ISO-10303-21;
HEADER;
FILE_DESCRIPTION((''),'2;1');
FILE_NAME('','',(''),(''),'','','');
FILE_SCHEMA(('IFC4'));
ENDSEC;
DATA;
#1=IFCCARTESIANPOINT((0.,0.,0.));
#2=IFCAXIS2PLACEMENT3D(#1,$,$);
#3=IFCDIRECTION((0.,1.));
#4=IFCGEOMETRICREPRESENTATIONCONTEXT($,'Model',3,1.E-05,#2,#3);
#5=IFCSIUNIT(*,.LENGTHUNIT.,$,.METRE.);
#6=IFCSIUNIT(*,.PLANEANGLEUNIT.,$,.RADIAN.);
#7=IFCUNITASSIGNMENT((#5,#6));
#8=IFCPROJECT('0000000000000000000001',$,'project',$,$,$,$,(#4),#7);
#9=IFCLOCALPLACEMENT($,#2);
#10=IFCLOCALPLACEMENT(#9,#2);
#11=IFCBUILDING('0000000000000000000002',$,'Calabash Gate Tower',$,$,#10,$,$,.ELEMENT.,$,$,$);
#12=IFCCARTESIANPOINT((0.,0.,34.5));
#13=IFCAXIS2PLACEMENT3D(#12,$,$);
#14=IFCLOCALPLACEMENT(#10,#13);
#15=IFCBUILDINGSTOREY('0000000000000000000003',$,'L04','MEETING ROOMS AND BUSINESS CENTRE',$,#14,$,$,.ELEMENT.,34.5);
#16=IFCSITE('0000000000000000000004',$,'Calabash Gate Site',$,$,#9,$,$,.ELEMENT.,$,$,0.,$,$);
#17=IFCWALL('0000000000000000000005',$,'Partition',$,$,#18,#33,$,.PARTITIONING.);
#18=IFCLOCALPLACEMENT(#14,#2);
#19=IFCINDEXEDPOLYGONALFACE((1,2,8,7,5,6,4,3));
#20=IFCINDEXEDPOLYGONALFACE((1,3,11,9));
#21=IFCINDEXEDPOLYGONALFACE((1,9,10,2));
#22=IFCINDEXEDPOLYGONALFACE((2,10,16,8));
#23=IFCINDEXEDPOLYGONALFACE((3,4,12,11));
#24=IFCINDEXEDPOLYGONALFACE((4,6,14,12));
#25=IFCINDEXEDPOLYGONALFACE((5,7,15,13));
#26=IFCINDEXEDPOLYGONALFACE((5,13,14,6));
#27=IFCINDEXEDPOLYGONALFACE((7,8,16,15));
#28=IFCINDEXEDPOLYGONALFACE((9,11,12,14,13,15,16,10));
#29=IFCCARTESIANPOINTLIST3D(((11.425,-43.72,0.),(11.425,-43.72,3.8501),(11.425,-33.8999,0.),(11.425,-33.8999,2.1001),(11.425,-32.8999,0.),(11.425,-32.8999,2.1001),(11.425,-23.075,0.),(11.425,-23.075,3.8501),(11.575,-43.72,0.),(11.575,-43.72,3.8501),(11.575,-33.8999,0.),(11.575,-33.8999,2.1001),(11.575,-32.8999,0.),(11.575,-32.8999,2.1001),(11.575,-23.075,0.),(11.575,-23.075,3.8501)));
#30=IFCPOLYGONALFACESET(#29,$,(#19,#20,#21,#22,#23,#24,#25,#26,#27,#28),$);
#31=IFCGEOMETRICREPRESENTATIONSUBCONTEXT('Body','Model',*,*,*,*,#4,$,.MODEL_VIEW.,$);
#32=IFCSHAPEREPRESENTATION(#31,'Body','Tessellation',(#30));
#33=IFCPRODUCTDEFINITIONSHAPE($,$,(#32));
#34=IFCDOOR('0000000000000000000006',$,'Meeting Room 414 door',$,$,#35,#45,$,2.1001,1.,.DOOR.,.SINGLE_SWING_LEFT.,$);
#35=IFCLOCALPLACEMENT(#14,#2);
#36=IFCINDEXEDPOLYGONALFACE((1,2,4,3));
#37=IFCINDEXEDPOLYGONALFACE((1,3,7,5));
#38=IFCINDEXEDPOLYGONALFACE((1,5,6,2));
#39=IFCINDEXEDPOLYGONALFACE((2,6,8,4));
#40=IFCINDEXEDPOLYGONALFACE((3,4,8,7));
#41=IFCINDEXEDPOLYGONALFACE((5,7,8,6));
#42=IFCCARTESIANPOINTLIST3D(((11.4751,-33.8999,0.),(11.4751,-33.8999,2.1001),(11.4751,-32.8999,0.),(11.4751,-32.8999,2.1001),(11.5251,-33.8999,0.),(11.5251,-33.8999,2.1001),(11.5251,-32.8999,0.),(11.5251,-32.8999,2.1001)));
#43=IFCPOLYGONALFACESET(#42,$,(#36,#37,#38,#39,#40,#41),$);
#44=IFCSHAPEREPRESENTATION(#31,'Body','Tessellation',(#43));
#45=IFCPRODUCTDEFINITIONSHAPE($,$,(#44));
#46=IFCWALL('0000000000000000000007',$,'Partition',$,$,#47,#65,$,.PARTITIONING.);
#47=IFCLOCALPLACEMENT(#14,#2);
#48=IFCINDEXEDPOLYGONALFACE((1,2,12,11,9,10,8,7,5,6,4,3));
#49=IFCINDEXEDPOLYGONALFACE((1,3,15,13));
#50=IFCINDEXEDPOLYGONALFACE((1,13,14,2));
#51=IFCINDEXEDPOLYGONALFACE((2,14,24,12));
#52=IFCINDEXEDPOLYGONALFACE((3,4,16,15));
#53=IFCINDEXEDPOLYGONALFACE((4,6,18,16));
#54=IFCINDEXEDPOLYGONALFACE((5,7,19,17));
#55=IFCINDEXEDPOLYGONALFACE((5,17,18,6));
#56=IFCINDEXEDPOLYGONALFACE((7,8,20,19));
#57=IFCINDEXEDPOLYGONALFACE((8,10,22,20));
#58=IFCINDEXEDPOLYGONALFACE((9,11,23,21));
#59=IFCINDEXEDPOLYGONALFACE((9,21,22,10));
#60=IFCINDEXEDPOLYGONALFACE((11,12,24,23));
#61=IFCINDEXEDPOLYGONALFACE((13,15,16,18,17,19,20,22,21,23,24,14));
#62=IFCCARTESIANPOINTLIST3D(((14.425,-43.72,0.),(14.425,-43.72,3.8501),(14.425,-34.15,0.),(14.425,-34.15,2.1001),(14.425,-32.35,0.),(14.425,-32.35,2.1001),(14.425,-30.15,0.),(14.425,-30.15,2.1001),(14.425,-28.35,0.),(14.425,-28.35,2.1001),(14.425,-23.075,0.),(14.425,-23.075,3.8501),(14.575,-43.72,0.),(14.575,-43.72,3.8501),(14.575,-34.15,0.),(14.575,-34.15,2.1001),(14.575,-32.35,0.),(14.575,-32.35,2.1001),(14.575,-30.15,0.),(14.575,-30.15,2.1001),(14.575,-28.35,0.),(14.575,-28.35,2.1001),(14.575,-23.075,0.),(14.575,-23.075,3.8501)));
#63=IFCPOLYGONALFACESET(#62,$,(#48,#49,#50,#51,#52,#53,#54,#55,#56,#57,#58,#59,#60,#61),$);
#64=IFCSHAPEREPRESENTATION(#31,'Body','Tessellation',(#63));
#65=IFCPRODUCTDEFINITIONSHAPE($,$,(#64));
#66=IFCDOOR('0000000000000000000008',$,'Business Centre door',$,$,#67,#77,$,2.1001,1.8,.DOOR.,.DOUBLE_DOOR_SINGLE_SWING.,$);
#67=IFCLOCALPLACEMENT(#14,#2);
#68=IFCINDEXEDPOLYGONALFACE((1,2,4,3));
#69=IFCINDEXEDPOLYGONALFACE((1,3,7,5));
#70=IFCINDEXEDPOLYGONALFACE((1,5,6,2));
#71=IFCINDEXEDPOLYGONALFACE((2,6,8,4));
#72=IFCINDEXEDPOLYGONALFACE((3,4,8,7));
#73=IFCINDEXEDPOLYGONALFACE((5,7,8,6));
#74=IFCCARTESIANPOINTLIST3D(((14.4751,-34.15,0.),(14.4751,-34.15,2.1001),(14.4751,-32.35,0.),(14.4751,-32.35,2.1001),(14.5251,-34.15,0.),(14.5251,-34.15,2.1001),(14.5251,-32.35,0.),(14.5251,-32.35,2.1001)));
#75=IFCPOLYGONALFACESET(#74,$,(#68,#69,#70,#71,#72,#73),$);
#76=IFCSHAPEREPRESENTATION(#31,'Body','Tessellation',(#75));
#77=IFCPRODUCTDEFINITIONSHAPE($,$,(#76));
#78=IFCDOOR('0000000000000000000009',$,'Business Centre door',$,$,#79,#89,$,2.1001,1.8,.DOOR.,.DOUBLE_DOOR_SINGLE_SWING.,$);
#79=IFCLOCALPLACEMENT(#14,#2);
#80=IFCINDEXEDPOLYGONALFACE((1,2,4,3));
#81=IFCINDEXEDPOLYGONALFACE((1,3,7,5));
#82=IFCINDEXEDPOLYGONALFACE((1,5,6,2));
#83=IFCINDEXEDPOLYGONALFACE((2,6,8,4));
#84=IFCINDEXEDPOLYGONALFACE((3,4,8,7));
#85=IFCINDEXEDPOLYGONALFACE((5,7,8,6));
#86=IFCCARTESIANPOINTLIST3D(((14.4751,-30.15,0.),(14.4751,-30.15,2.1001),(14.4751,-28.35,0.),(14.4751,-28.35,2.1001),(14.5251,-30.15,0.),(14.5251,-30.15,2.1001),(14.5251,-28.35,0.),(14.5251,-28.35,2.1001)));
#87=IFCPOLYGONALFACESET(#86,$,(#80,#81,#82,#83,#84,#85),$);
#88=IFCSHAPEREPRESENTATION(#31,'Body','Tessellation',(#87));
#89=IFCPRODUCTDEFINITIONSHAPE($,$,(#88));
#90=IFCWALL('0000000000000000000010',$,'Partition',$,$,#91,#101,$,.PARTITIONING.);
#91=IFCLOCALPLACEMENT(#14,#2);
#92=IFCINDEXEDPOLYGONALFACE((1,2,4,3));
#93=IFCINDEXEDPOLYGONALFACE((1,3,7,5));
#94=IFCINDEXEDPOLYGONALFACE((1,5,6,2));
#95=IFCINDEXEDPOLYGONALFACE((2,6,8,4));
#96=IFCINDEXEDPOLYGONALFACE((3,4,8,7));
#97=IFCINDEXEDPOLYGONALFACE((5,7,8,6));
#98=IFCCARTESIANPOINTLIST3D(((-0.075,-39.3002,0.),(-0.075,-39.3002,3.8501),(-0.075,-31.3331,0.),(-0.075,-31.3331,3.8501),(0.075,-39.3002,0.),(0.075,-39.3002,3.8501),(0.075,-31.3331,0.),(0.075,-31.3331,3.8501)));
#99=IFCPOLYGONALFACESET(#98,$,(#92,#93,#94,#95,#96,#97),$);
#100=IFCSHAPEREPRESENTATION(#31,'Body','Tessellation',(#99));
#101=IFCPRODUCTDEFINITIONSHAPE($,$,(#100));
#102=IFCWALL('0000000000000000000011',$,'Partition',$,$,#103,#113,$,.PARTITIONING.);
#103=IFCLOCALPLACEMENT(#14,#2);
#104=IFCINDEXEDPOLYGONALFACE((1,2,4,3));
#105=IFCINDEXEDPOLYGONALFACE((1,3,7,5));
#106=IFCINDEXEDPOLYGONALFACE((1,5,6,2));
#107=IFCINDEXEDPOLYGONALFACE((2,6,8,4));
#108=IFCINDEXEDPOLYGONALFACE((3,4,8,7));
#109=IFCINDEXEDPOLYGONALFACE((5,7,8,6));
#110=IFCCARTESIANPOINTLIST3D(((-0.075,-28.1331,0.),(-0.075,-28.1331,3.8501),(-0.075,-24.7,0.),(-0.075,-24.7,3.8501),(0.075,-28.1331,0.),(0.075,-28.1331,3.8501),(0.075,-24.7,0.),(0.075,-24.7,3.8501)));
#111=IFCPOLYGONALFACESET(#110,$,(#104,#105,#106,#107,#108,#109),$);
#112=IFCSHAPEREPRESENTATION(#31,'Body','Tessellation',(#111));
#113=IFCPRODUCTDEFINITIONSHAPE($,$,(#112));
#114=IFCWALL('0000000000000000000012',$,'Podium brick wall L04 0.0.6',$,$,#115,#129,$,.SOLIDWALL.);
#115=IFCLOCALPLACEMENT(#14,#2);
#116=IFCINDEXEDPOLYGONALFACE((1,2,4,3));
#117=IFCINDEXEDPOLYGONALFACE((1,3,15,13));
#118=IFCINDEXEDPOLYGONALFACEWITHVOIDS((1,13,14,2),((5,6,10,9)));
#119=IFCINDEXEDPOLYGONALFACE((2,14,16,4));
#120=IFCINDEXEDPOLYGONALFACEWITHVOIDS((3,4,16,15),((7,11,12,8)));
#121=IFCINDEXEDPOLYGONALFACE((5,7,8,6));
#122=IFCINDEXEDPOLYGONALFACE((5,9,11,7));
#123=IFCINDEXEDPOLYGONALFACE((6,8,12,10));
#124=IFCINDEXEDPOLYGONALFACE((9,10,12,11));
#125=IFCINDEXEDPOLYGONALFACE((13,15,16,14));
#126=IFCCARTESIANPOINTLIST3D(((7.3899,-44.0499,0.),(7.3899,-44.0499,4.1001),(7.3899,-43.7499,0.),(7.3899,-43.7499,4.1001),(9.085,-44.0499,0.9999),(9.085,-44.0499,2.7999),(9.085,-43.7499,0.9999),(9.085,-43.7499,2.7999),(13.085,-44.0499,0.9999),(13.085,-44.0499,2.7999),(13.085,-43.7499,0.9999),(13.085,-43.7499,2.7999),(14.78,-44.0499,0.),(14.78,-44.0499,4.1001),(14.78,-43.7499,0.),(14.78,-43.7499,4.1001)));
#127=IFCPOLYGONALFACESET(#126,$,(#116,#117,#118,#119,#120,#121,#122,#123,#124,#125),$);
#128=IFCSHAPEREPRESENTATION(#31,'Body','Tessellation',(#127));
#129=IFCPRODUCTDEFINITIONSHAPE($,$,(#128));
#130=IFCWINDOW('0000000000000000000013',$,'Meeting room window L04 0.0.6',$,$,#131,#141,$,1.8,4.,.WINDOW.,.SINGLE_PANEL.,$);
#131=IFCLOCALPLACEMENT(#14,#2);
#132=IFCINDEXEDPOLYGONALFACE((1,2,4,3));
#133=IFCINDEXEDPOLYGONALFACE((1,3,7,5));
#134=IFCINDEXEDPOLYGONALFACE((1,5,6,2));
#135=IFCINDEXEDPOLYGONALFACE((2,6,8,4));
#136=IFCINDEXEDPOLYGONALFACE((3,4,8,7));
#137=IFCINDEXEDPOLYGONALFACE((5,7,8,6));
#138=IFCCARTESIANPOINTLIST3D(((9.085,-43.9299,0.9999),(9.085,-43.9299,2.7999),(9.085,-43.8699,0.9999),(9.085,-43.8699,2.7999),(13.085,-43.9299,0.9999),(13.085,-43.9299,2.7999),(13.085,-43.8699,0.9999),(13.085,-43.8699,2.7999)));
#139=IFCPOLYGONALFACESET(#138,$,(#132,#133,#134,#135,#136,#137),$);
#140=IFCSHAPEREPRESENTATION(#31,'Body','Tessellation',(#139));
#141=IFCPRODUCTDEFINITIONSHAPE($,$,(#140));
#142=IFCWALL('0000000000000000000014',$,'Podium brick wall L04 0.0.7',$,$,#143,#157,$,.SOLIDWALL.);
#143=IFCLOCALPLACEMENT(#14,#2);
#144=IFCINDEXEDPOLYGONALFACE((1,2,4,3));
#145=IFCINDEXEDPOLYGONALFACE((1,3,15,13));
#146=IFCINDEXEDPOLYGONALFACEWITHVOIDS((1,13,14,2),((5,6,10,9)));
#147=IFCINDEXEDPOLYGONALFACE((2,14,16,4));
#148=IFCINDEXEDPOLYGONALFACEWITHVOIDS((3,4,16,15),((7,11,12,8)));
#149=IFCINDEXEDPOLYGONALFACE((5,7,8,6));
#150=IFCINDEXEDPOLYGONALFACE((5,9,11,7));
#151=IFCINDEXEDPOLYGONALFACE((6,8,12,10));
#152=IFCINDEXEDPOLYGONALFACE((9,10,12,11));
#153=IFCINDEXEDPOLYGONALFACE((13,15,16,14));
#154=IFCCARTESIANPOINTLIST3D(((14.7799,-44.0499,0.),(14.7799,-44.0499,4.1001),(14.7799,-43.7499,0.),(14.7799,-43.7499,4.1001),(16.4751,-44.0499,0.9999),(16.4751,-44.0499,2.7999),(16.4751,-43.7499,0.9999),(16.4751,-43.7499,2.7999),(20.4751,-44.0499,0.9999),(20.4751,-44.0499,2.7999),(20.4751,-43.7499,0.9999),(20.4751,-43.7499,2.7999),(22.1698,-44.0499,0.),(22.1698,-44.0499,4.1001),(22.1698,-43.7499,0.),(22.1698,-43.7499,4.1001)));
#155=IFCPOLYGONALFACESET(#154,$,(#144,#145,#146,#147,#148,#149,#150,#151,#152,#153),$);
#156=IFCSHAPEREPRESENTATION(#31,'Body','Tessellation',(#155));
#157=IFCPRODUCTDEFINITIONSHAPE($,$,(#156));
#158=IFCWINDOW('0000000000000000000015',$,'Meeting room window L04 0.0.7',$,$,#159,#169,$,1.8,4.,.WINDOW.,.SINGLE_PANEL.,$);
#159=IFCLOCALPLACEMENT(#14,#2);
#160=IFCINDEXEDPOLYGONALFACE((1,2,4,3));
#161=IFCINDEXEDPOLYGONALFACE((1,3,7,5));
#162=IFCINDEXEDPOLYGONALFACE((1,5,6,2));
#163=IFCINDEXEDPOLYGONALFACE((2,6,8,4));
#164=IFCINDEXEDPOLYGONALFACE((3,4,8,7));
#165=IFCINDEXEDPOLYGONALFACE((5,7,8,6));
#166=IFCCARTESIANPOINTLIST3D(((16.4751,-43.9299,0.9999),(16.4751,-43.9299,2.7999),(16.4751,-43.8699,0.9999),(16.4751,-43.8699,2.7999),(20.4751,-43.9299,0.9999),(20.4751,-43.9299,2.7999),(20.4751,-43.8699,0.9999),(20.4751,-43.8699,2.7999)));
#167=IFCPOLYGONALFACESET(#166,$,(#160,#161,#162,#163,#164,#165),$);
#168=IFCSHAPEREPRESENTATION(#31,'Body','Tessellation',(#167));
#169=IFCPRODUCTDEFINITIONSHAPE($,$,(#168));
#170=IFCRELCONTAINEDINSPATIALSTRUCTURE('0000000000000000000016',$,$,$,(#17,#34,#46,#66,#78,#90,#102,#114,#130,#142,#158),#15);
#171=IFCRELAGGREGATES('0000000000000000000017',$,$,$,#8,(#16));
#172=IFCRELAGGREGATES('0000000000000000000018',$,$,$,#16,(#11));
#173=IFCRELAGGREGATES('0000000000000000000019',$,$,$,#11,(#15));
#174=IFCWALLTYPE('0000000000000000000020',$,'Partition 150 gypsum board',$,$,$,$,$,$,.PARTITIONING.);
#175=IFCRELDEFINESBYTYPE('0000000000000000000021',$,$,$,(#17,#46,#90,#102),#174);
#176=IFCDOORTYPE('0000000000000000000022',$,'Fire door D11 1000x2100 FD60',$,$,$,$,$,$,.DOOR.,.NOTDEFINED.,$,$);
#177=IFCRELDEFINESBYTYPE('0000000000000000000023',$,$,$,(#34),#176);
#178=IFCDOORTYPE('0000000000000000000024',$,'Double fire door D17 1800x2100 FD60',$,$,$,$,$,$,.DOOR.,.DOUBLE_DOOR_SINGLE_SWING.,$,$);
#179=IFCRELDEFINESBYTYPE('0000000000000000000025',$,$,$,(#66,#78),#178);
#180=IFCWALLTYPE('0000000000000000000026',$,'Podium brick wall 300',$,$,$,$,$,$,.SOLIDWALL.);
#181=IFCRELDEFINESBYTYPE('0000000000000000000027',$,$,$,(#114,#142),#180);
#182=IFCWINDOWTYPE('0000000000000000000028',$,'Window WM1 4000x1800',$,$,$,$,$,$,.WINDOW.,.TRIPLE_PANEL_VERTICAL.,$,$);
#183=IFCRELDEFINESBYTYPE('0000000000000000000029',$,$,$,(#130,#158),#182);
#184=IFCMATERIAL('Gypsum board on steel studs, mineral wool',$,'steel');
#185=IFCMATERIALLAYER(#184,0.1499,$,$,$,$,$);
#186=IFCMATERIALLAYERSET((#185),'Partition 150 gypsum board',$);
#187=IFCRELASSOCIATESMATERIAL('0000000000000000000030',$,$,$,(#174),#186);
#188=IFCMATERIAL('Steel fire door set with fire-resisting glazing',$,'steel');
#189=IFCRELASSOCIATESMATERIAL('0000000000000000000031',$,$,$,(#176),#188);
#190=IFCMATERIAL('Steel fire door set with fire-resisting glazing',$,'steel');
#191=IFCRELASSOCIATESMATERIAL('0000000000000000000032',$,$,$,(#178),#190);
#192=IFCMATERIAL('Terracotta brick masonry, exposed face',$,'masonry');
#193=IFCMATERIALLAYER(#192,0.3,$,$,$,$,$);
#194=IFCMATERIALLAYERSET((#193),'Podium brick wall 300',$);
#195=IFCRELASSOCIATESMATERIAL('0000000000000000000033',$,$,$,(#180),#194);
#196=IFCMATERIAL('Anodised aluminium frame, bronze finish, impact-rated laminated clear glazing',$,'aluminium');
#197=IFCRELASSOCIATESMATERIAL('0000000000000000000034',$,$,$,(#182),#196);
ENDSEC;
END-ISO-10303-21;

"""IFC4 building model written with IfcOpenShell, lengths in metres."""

from ifc_helpers import new_model, si_unit, direction, frame, frame_2d, origin, place, context, subcontext, project, spatial, rectangle, extrude, material, layer, layer_set, type_object, element, fill, save


model = new_model("IFC4")

# Units and contexts
model_context = context("Model", 3, precision=1e-05, world=origin(), true_north=direction((0.0, 1.0)))
body_context = subcontext(model_context, "Body", "Model", "MODEL_VIEW")
ifc_project = project(units=[si_unit("LENGTHUNIT", "METRE"), si_unit("PLANEANGLEUNIT", "RADIAN")], contexts=[model_context])

# Site, building, storey
site_placement = place(None, origin())
site = spatial("IfcSite", under=ifc_project, at=site_placement, Name="Calabash Gate Site", CompositionType="ELEMENT", RefElevation=0.0)
building_placement = place(site_placement, origin())
building = spatial("IfcBuilding", under=site, at=building_placement, Name="Calabash Gate Tower", CompositionType="ELEMENT")
storey_placement = place(building_placement, frame((0.0, 0.0, 34.5)))
storey = spatial("IfcBuildingStorey", under=building, at=storey_placement, Name="L04", Description="MEETING ROOMS AND BUSINESS CENTRE", CompositionType="ELEMENT", Elevation=34.5)

# Shared definitions
ifc_material_1 = material(Name="Gypsum board on steel studs, mineral wool", Category="steel")
ifc_layer_1 = layer(ifc_material_1, 0.1499)
ifc_layer_set_1 = layer_set([ifc_layer_1], Name="Partition 150 gypsum board")
wall_type_1 = type_object("IfcWallType", Name="Partition 150 gypsum board", PredefinedType="PARTITIONING", material=ifc_layer_set_1)

# Wall, opening, door
wall_1_placement = place(storey_placement, frame((11.5, -43.72, 0.0), z_axis=(0.0, 0.0, 1.0), x_axis=(0.0, 1.0, 0.0)))
wall_1 = element("IfcWall", 1, at=wall_1_placement, inside=storey, type_object=wall_type_1, Name="Partition", PredefinedType="PARTITIONING", context=body_context, shape_type="SweptSolid", body=[
    extrude(rectangle(XDim=20.645, YDim=0.1499, at=frame_2d((10.3225, 0.0))), origin(), (0.0, 0.0, 1.0), 3.8501),
])
opening_1_placement = place(wall_1_placement, frame((9.8201, 0.0, 0.0)))
opening_1 = element("IfcOpeningElement", 2, at=opening_1_placement, cuts=wall_1, PredefinedType="OPENING", context=body_context, shape_type="SweptSolid", body=[
    extrude(rectangle(XDim=1.0, YDim=2.1001, at=frame_2d((0.5, 1.05))), frame((0.0, 0.085, 0.0), z_axis=(0.0, -1.0, 0.0), x_axis=(1.0, 0.0, 0.0)), (0.0, 0.0, 1.0), 0.1699),
])
ifc_material_2 = material(Name="Steel fire door set with fire-resisting glazing", Category="steel")
door_type_1 = type_object("IfcDoorType", Name="Fire door D11 1000x2100 FD60", OperationType="NOTDEFINED", PredefinedType="DOOR", material=ifc_material_2)
door_1_placement = place(opening_1_placement, origin())
door_1 = element("IfcDoor", 3, at=door_1_placement, inside=storey, type_object=door_type_1, Name="Meeting Room 414 door", OperationType="SINGLE_SWING_LEFT", OverallHeight=2.1001, OverallWidth=1.0, PredefinedType="DOOR", context=body_context, shape_type="SweptSolid", body=[
    extrude(rectangle(XDim=1.0, YDim=2.1001, at=frame_2d((0.5, 1.05))), frame((0.0, 0.0249, 0.0), z_axis=(0.0, -1.0, 0.0), x_axis=(1.0, 0.0, 0.0)), (0.0, 0.0, 1.0), 0.05),
])
fill(opening_1, door_1)

# Wall, openings, doors
wall_2_placement = place(storey_placement, frame((14.5, -43.72, 0.0), z_axis=(0.0, 0.0, 1.0), x_axis=(0.0, 1.0, 0.0)))
wall_2 = element("IfcWall", 4, at=wall_2_placement, inside=storey, type_object=wall_type_1, Name="Partition", PredefinedType="PARTITIONING", context=body_context, shape_type="SweptSolid", body=[
    extrude(rectangle(XDim=20.645, YDim=0.1499, at=frame_2d((10.3225, 0.0))), origin(), (0.0, 0.0, 1.0), 3.8501),
])
opening_2_placement = place(wall_2_placement, frame((9.5701, 0.0, 0.0)))
opening_2 = element("IfcOpeningElement", 5, at=opening_2_placement, cuts=wall_2, PredefinedType="OPENING", context=body_context, shape_type="SweptSolid", body=[
    extrude(rectangle(XDim=1.8, YDim=2.1001, at=frame_2d((0.8999, 1.05))), frame((0.0, 0.085, 0.0), z_axis=(0.0, -1.0, 0.0), x_axis=(1.0, 0.0, 0.0)), (0.0, 0.0, 1.0), 0.1699),
])
opening_3_placement = place(wall_2_placement, frame((13.5701, 0.0, 0.0)))
opening_3 = element("IfcOpeningElement", 6, at=opening_3_placement, cuts=wall_2, PredefinedType="OPENING", context=body_context, shape_type="SweptSolid", body=[
    extrude(rectangle(XDim=1.8, YDim=2.1001, at=frame_2d((0.8999, 1.05))), frame((0.0, 0.085, 0.0), z_axis=(0.0, -1.0, 0.0), x_axis=(1.0, 0.0, 0.0)), (0.0, 0.0, 1.0), 0.1699),
])
ifc_material_3 = material(Name="Steel fire door set with fire-resisting glazing", Category="steel")
door_type_2 = type_object("IfcDoorType", Name="Double fire door D17 1800x2100 FD60", OperationType="DOUBLE_DOOR_SINGLE_SWING", PredefinedType="DOOR", material=ifc_material_3)
door_2_placement = place(opening_2_placement, origin())
door_2 = element("IfcDoor", 7, at=door_2_placement, inside=storey, type_object=door_type_2, Name="Business Centre door", OperationType="DOUBLE_DOOR_SINGLE_SWING", OverallHeight=2.1001, OverallWidth=1.8, PredefinedType="DOOR", context=body_context, shape_type="SweptSolid", body=[
    extrude(rectangle(XDim=1.8, YDim=2.1001, at=frame_2d((0.8999, 1.05))), frame((0.0, 0.0249, 0.0), z_axis=(0.0, -1.0, 0.0), x_axis=(1.0, 0.0, 0.0)), (0.0, 0.0, 1.0), 0.05),
])
fill(opening_2, door_2)
door_3_placement = place(opening_3_placement, origin())
door_3 = element("IfcDoor", 8, at=door_3_placement, inside=storey, type_object=door_type_2, Name="Business Centre door", OperationType="DOUBLE_DOOR_SINGLE_SWING", OverallHeight=2.1001, OverallWidth=1.8, PredefinedType="DOOR", context=body_context, shape_type="SweptSolid", body=[
    extrude(rectangle(XDim=1.8, YDim=2.1001, at=frame_2d((0.8999, 1.05))), frame((0.0, 0.0249, 0.0), z_axis=(0.0, -1.0, 0.0), x_axis=(1.0, 0.0, 0.0)), (0.0, 0.0, 1.0), 0.05),
])
fill(opening_3, door_3)

# Walls
wall_3_placement = place(storey_placement, frame((0.0, -39.3, 0.0), z_axis=(0.0, 0.0, 1.0), x_axis=(0.0, 1.0, 0.0)))
element("IfcWall", 9, at=wall_3_placement, inside=storey, type_object=wall_type_1, Name="Partition", PredefinedType="PARTITIONING", context=body_context, shape_type="SweptSolid", body=[
    extrude(rectangle(XDim=7.967, YDim=0.1499, at=frame_2d((3.9834, 0.0))), origin(), (0.0, 0.0, 1.0), 3.8501),
])
wall_4_placement = place(storey_placement, frame((0.0, -28.1331, 0.0), z_axis=(0.0, 0.0, 1.0), x_axis=(0.0, 1.0, 0.0)))
element("IfcWall", 10, at=wall_4_placement, inside=storey, type_object=wall_type_1, Name="Partition", PredefinedType="PARTITIONING", context=body_context, shape_type="SweptSolid", body=[
    extrude(rectangle(XDim=3.4331, YDim=0.1499, at=frame_2d((1.7166, 0.0))), origin(), (0.0, 0.0, 1.0), 3.8501),
])

# Walls, openings, windows
ifc_material_4 = material(Name="Terracotta brick masonry, exposed face", Category="masonry")
ifc_layer_2 = layer(ifc_material_4, 0.3)
ifc_layer_set_2 = layer_set([ifc_layer_2], Name="Podium brick wall 300")
wall_type_2 = type_object("IfcWallType", Name="Podium brick wall 300", PredefinedType="SOLIDWALL", material=ifc_layer_set_2)
wall_5_placement = place(storey_placement, frame((7.3899, -43.8999, 0.0), z_axis=(0.0, 0.0, 1.0), x_axis=(1.0, 0.0, 0.0)))
wall_5 = element("IfcWall", 11, at=wall_5_placement, inside=storey, type_object=wall_type_2, Name="Podium brick wall L04 0.0.6", PredefinedType="SOLIDWALL", context=body_context, shape_type="SweptSolid", body=[
    extrude(rectangle(XDim=7.3901, YDim=0.3, at=frame_2d((3.6951, 0.0))), origin(), (0.0, 0.0, 1.0), 4.1001),
])
opening_4_placement = place(wall_5_placement, frame((1.6951, 0.0, 1.0)))
opening_4 = element("IfcOpeningElement", 12, at=opening_4_placement, cuts=wall_5, PredefinedType="OPENING", context=body_context, shape_type="SweptSolid", body=[
    extrude(rectangle(XDim=4.0, YDim=1.8, at=frame_2d((2.0, 0.8999))), frame((0.0, 0.1599, 0.0), z_axis=(0.0, -1.0, 0.0), x_axis=(1.0, 0.0, 0.0)), (0.0, 0.0, 1.0), 0.3201),
])
ifc_material_5 = material(Name="Anodised aluminium frame, bronze finish, impact-rated laminated clear glazing", Category="aluminium")
window_type = type_object("IfcWindowType", Name="Window WM1 4000x1800", PartitioningType="TRIPLE_PANEL_VERTICAL", PredefinedType="WINDOW", material=ifc_material_5)
window_1_placement = place(opening_4_placement, origin())
window_1 = element("IfcWindow", 13, at=window_1_placement, inside=storey, type_object=window_type, Name="Meeting room window L04 0.0.6", OverallHeight=1.8, OverallWidth=4.0, PartitioningType="SINGLE_PANEL", PredefinedType="WINDOW", context=body_context, shape_type="SweptSolid", body=[
    extrude(rectangle(XDim=4.0, YDim=1.8, at=frame_2d((2.0, 0.8999))), frame((0.0, 0.03, 0.0), z_axis=(0.0, -1.0, 0.0), x_axis=(1.0, 0.0, 0.0)), (0.0, 0.0, 1.0), 0.0601),
])
fill(opening_4, window_1)
wall_6_placement = place(storey_placement, frame((14.78, -43.8999, 0.0), z_axis=(0.0, 0.0, 1.0), x_axis=(1.0, 0.0, 0.0)))
wall_6 = element("IfcWall", 14, at=wall_6_placement, inside=storey, type_object=wall_type_2, Name="Podium brick wall L04 0.0.7", PredefinedType="SOLIDWALL", context=body_context, shape_type="SweptSolid", body=[
    extrude(rectangle(XDim=7.3899, YDim=0.3, at=frame_2d((3.6948, 0.0))), origin(), (0.0, 0.0, 1.0), 4.1001),
])
opening_5_placement = place(wall_6_placement, frame((1.6951, 0.0, 1.0)))
opening_5 = element("IfcOpeningElement", 15, at=opening_5_placement, cuts=wall_6, PredefinedType="OPENING", context=body_context, shape_type="SweptSolid", body=[
    extrude(rectangle(XDim=4.0, YDim=1.8, at=frame_2d((2.0, 0.8999))), frame((0.0, 0.1599, 0.0), z_axis=(0.0, -1.0, 0.0), x_axis=(1.0, 0.0, 0.0)), (0.0, 0.0, 1.0), 0.3201),
])
window_2_placement = place(opening_5_placement, origin())
window_2 = element("IfcWindow", 16, at=window_2_placement, inside=storey, type_object=window_type, Name="Meeting room window L04 0.0.7", OverallHeight=1.8, OverallWidth=4.0, PartitioningType="SINGLE_PANEL", PredefinedType="WINDOW", context=body_context, shape_type="SweptSolid", body=[
    extrude(rectangle(XDim=4.0, YDim=1.8, at=frame_2d((2.0, 0.8999))), frame((0.0, 0.03, 0.0), z_axis=(0.0, -1.0, 0.0), x_axis=(1.0, 0.0, 0.0)), (0.0, 0.0, 1.0), 0.0601),
])
fill(opening_5, window_2)

save(model, "model.ifc")
